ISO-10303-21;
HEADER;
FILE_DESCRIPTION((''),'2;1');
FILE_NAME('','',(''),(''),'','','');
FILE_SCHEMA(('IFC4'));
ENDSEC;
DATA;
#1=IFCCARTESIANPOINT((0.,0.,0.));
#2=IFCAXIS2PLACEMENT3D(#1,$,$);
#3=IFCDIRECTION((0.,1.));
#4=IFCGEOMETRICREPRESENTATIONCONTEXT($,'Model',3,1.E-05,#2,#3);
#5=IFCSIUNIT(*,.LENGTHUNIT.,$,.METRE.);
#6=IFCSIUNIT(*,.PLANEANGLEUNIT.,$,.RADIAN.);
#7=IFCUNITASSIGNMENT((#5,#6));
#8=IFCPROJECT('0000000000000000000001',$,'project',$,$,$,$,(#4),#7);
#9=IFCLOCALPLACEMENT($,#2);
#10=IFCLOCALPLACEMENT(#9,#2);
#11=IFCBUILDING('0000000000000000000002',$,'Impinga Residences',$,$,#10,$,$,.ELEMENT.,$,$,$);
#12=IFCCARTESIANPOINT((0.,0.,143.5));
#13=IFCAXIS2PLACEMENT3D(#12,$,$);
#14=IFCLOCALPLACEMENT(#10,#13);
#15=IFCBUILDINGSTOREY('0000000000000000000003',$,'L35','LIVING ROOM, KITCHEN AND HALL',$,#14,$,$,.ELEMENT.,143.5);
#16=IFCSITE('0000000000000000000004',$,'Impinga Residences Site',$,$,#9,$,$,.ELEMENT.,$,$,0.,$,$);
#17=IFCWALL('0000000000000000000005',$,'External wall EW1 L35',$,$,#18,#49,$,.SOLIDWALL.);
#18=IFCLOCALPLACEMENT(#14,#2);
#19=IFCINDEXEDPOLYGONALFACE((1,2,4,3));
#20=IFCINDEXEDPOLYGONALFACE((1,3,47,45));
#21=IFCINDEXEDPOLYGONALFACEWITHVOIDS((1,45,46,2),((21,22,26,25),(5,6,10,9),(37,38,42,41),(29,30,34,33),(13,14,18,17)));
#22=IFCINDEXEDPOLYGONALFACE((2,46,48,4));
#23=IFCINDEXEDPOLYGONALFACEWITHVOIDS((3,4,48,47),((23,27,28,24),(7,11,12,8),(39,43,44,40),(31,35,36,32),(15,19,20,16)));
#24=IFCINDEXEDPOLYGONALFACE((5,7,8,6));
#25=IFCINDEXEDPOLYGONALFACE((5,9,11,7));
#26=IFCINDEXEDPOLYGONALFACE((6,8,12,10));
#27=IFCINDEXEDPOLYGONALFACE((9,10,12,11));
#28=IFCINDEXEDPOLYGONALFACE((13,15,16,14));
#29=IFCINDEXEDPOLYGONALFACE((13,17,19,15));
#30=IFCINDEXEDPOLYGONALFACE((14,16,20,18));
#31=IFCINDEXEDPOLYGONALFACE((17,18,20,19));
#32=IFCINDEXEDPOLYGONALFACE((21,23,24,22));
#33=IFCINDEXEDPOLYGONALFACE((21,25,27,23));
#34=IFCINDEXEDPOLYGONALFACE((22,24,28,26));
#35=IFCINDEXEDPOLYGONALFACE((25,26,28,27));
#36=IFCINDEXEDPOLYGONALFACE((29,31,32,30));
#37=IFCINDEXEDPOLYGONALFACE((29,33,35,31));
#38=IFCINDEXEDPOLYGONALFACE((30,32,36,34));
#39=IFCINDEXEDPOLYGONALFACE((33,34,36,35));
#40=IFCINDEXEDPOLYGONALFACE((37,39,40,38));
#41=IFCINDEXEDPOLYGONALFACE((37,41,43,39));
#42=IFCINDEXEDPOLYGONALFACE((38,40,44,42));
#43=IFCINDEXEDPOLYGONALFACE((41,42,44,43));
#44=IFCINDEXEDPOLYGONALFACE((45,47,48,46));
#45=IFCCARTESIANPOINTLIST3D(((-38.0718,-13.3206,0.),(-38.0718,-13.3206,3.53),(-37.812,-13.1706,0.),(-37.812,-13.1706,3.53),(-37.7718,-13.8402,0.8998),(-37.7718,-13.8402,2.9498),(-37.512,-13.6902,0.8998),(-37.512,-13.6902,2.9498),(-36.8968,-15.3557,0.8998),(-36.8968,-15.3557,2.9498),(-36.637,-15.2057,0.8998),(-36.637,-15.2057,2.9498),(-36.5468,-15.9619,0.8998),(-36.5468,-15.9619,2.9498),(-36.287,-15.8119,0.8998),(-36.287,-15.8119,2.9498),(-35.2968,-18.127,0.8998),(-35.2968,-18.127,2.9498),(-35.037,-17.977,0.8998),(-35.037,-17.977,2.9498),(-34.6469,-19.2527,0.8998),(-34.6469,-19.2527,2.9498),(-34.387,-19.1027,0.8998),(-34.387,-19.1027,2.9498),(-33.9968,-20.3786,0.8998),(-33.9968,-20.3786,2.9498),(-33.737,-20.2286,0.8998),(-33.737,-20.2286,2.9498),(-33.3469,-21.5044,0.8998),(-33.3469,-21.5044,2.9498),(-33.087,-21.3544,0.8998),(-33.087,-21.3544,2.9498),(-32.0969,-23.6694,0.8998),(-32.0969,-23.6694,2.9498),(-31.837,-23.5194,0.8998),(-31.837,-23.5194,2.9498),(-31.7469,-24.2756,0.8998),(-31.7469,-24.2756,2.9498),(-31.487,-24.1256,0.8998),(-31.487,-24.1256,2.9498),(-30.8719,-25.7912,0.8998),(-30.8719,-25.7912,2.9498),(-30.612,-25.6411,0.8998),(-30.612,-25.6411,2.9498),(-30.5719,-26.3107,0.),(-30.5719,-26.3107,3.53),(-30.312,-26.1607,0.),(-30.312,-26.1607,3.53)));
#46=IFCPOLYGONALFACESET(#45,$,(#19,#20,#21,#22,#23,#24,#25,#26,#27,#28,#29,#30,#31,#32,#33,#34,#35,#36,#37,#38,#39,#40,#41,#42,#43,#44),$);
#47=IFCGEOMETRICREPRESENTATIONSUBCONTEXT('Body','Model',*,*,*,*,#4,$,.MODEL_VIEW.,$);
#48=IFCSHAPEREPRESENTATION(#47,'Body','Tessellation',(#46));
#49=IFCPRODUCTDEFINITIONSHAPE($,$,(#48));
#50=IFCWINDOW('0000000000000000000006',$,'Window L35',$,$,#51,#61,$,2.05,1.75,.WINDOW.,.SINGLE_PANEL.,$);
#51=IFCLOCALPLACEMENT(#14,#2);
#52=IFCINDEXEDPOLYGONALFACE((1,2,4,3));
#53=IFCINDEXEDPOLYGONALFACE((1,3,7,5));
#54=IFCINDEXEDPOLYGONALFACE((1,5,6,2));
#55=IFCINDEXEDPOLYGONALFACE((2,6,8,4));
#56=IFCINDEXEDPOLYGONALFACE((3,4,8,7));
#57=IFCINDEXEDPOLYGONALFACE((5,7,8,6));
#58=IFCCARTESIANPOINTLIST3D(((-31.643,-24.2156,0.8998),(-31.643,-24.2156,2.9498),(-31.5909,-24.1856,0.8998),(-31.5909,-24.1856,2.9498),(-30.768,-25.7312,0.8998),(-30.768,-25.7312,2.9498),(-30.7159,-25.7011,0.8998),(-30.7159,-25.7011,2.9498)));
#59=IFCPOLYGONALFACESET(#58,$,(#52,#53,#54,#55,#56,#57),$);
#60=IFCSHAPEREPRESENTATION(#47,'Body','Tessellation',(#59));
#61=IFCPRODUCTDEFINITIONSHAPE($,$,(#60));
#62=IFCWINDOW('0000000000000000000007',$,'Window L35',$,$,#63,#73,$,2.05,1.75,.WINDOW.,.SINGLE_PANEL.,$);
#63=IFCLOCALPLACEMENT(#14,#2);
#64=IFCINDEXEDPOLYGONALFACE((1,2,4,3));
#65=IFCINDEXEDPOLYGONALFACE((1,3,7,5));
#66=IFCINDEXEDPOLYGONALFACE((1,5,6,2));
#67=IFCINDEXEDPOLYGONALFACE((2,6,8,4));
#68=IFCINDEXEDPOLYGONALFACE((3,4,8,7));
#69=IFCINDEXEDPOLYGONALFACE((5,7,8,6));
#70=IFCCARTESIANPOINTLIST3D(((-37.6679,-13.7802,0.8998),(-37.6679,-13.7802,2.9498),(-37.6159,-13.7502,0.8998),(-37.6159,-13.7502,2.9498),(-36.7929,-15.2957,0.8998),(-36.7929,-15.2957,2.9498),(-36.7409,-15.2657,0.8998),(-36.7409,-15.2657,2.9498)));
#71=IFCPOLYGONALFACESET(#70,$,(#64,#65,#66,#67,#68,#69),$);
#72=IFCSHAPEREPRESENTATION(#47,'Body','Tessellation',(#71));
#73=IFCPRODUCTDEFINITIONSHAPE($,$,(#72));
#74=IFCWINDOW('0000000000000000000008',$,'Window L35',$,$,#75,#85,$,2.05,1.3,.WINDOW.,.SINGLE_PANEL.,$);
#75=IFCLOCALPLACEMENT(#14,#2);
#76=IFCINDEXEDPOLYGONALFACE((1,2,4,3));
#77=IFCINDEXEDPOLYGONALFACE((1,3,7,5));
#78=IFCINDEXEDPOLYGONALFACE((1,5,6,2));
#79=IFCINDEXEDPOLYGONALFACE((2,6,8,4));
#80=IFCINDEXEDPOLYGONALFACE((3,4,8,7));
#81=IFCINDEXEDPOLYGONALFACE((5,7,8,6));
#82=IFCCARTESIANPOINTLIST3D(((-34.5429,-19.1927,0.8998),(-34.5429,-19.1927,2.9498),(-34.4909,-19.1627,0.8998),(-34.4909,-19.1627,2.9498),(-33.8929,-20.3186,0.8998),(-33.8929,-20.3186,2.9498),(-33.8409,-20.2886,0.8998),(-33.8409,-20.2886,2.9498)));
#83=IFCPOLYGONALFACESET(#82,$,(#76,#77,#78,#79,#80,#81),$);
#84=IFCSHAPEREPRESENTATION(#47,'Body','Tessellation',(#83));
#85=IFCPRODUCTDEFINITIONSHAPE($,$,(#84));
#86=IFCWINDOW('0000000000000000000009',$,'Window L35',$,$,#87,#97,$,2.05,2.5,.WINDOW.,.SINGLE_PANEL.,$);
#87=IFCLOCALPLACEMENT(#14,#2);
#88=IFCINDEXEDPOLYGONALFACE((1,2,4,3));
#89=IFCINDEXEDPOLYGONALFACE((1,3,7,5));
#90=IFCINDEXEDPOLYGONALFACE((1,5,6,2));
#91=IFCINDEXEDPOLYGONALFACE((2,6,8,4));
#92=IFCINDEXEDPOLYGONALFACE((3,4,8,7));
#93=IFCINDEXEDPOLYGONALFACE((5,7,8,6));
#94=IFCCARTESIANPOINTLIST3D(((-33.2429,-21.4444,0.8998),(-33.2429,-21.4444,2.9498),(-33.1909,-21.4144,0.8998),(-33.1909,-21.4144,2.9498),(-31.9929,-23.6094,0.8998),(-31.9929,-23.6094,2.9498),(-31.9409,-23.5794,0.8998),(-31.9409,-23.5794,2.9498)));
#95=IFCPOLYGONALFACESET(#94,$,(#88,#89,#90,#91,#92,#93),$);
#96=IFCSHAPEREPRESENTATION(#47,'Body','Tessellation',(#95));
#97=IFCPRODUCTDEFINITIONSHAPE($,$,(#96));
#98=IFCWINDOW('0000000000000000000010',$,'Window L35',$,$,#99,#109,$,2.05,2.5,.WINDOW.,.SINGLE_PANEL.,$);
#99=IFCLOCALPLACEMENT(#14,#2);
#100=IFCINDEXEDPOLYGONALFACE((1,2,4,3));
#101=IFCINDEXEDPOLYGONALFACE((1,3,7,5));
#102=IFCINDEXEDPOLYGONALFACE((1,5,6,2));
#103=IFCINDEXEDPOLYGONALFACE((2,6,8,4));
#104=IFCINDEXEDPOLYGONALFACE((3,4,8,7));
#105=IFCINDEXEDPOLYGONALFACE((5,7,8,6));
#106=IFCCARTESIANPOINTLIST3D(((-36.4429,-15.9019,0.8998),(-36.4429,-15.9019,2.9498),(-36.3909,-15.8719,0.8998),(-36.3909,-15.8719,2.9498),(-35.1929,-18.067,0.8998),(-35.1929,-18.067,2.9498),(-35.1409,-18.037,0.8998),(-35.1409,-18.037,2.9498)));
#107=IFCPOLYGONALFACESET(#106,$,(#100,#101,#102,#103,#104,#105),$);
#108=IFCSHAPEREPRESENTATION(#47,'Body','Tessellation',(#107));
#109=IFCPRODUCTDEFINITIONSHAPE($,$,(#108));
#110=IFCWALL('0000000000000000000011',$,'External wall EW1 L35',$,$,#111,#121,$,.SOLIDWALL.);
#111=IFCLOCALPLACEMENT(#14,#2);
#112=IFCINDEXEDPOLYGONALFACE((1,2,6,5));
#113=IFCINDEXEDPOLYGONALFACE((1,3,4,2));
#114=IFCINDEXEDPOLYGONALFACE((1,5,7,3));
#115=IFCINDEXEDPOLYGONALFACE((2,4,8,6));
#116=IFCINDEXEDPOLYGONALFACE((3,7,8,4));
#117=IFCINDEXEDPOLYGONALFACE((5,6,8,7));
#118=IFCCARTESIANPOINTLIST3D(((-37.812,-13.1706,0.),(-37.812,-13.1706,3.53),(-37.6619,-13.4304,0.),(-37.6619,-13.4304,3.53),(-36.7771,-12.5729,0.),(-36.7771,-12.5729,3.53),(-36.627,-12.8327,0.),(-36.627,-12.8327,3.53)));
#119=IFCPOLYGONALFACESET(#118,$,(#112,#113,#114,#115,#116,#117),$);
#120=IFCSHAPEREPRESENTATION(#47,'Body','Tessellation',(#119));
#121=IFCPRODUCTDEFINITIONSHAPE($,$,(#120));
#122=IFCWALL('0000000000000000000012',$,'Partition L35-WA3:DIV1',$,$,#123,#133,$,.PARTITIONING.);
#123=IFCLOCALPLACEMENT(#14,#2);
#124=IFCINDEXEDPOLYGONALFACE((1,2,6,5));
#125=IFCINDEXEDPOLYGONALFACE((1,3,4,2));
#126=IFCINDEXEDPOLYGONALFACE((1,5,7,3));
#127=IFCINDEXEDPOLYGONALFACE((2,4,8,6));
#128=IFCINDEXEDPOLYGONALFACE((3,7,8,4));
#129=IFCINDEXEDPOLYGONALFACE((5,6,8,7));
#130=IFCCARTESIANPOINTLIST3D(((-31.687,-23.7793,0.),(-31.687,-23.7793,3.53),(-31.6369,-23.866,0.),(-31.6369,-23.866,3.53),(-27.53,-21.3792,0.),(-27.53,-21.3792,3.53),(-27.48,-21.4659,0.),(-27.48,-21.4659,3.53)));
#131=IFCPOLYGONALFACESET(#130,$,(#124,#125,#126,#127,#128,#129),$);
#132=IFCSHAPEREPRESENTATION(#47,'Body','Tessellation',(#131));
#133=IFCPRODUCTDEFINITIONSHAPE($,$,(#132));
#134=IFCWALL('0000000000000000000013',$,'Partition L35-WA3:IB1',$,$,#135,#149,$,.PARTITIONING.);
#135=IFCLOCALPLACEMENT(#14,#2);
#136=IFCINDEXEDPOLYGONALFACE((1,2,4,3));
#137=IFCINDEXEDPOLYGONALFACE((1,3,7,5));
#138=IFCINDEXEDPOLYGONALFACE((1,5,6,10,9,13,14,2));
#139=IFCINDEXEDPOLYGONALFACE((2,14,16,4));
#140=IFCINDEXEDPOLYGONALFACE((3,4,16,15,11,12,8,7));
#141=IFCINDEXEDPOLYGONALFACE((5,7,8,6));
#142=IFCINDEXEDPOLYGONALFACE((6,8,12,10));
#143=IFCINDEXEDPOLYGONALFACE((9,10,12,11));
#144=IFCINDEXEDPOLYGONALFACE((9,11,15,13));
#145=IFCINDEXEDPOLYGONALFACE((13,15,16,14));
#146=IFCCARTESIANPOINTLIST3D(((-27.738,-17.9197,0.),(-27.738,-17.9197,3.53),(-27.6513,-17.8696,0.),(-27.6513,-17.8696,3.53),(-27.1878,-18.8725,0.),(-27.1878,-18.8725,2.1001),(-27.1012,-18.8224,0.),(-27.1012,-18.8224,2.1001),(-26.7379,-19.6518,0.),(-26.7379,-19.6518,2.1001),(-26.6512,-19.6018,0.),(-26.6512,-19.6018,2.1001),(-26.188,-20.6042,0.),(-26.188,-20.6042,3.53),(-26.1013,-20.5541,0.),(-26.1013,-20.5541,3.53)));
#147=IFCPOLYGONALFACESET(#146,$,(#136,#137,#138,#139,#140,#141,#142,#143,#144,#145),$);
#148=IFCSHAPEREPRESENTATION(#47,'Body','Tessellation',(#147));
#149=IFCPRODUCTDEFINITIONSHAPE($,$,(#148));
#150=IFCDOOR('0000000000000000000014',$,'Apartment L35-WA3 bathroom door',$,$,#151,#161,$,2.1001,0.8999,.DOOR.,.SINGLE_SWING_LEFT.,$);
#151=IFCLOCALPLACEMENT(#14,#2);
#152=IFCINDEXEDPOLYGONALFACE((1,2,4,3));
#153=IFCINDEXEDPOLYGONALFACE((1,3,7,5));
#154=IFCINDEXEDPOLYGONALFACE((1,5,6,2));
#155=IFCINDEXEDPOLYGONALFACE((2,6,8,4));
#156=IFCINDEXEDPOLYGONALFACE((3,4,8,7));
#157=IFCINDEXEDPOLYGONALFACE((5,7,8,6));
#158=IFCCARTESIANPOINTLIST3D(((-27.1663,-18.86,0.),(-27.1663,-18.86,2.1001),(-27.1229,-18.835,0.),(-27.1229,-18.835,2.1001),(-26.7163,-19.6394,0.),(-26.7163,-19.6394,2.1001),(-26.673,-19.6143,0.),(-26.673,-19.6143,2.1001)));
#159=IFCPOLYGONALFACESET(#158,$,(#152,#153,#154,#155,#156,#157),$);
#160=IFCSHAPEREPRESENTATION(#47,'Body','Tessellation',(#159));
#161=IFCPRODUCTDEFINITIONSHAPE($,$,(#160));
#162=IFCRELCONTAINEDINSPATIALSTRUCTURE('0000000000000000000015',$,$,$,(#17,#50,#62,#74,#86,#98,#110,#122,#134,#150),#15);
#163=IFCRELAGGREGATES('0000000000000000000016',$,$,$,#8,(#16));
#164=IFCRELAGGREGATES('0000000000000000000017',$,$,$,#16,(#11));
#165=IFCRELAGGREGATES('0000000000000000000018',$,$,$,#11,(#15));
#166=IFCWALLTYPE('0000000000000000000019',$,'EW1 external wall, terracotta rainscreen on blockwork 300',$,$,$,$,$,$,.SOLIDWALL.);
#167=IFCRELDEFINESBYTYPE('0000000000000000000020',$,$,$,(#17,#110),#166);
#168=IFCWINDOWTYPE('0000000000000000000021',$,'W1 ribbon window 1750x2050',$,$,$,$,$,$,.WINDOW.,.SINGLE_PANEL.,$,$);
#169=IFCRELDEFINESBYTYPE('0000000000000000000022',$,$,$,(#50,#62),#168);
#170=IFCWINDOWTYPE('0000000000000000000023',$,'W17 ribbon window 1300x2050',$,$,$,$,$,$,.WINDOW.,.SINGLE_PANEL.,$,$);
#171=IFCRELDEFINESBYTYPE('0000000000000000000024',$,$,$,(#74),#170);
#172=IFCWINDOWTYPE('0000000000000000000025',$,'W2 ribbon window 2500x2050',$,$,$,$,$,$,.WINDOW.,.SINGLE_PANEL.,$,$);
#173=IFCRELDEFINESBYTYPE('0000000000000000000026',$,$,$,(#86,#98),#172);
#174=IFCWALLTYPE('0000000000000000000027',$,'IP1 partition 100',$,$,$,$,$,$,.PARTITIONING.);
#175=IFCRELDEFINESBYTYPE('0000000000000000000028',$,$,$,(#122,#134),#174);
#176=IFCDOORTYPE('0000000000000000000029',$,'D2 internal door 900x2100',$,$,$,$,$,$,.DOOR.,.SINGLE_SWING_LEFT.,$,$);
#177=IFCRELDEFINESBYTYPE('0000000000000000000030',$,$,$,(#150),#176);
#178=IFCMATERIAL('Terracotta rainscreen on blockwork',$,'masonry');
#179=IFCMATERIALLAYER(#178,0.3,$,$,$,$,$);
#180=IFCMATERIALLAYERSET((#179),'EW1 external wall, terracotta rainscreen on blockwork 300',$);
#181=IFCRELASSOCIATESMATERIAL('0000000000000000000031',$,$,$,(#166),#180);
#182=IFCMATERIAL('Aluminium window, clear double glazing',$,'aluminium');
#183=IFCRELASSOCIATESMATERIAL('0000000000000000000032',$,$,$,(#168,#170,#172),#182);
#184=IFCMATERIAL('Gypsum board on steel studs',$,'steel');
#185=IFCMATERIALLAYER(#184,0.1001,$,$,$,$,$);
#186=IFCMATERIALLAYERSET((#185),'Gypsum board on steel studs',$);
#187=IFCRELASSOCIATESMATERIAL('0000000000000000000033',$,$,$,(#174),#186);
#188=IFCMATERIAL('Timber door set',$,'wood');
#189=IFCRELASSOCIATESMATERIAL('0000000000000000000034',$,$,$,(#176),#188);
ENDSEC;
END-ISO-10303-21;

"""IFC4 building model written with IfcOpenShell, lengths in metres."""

from ifc_helpers import new_model, si_unit, direction, frame, frame_2d, origin, place, context, subcontext, project, spatial, rectangle, extrude, material, layer, layer_set, type_object, element, fill, save


model = new_model("IFC4")

# Units and contexts
model_context = context("Model", 3, precision=1e-05, world=origin(), true_north=direction((0.0, 1.0)))
body_context = subcontext(model_context, "Body", "Model", "MODEL_VIEW")
ifc_project = project(units=[si_unit("LENGTHUNIT", "METRE"), si_unit("PLANEANGLEUNIT", "RADIAN")], contexts=[model_context])

# Site, building, storey
site_placement = place(None, origin())
site = spatial("IfcSite", under=ifc_project, at=site_placement, Name="Impinga Residences Site", CompositionType="ELEMENT", RefElevation=0.0)
building_placement = place(site_placement, origin())
building = spatial("IfcBuilding", under=site, at=building_placement, Name="Impinga Residences", CompositionType="ELEMENT")
storey_placement = place(building_placement, frame((0.0, 0.0, 143.5)))
storey = spatial("IfcBuildingStorey", under=building, at=storey_placement, Name="L35", Description="LIVING ROOM, KITCHEN AND HALL", CompositionType="ELEMENT", Elevation=143.5)

# Shared definitions
ifc_material_1 = material(Name="Terracotta rainscreen on blockwork", Category="masonry")
ifc_layer_1 = layer(ifc_material_1, 0.3)
ifc_layer_set_1 = layer_set([ifc_layer_1], Name="EW1 external wall, terracotta rainscreen on blockwork 300")
wall_type_1 = type_object("IfcWallType", Name="EW1 external wall, terracotta rainscreen on blockwork 300", PredefinedType="SOLIDWALL", material=ifc_layer_set_1)

# Wall, openings, windows
wall_1_placement = place(storey_placement, frame((-30.4419, -26.2358, 0.0), z_axis=(0.0, 0.0, 1.0), x_axis=(-0.500004, 0.866023, 0.0)))
wall_1 = element("IfcWall", 1, at=wall_1_placement, inside=storey, type_object=wall_type_1, Name="External wall EW1 L35", PredefinedType="SOLIDWALL", context=body_context, shape_type="SweptSolid", body=[
    extrude(rectangle(XDim=14.9998, YDim=0.3, at=frame_2d((7.5, 0.0))), origin(), (0.0, 0.0, 1.0), 3.53),
])
opening_1_placement = place(wall_1_placement, frame((0.6001, 0.0, 0.8999)))
opening_1 = element("IfcOpeningElement", 2, at=opening_1_placement, cuts=wall_1, PredefinedType="OPENING", context=body_context, shape_type="SweptSolid", body=[
    extrude(rectangle(XDim=1.75, YDim=2.05, at=frame_2d((0.875, 1.0249))), frame((0.0, 0.1599, 0.0), z_axis=(0.0, -1.0, 0.0), x_axis=(1.0, 0.0, 0.0)), (0.0, 0.0, 1.0), 0.3201),
])
opening_2_placement = place(wall_1_placement, frame((3.05, 0.0, 0.8999)))
opening_2 = element("IfcOpeningElement", 3, at=opening_2_placement, cuts=wall_1, PredefinedType="OPENING", context=body_context, shape_type="SweptSolid", body=[
    extrude(rectangle(XDim=2.5, YDim=2.05, at=frame_2d((1.25, 1.0249))), frame((0.0, 0.1599, 0.0), z_axis=(0.0, -1.0, 0.0), x_axis=(1.0, 0.0, 0.0)), (0.0, 0.0, 1.0), 0.3201),
])
opening_3_placement = place(wall_1_placement, frame((6.8501, 0.0, 0.8999)))
opening_3 = element("IfcOpeningElement", 4, at=opening_3_placement, cuts=wall_1, PredefinedType="OPENING", context=body_context, shape_type="SweptSolid", body=[
    extrude(rectangle(XDim=1.3, YDim=2.05, at=frame_2d((0.6499, 1.0249))), frame((0.0, 0.1599, 0.0), z_axis=(0.0, -1.0, 0.0), x_axis=(1.0, 0.0, 0.0)), (0.0, 0.0, 1.0), 0.3201),
])
opening_4_placement = place(wall_1_placement, frame((9.45, 0.0, 0.8999)))
opening_4 = element("IfcOpeningElement", 5, at=opening_4_placement, cuts=wall_1, PredefinedType="OPENING", context=body_context, shape_type="SweptSolid", body=[
    extrude(rectangle(XDim=2.5, YDim=2.05, at=frame_2d((1.25, 1.0249))), frame((0.0, 0.1599, 0.0), z_axis=(0.0, -1.0, 0.0), x_axis=(1.0, 0.0, 0.0)), (0.0, 0.0, 1.0), 0.3201),
])
opening_5_placement = place(wall_1_placement, frame((12.6499, 0.0, 0.8999)))
opening_5 = element("IfcOpeningElement", 6, at=opening_5_placement, cuts=wall_1, PredefinedType="OPENING", context=body_context, shape_type="SweptSolid", body=[
    extrude(rectangle(XDim=1.75, YDim=2.05, at=frame_2d((0.875, 1.0249))), frame((0.0, 0.1599, 0.0), z_axis=(0.0, -1.0, 0.0), x_axis=(1.0, 0.0, 0.0)), (0.0, 0.0, 1.0), 0.3201),
])
ifc_material_2 = material(Name="Aluminium window, clear double glazing", Category="aluminium")
window_type_1 = type_object("IfcWindowType", Name="W1 ribbon window 1750x2050", PartitioningType="SINGLE_PANEL", PredefinedType="WINDOW", material=ifc_material_2)
window_1_placement = place(opening_1_placement, origin())
window_1 = element("IfcWindow", 7, at=window_1_placement, inside=storey, type_object=window_type_1, Name="Window L35", OverallHeight=2.05, OverallWidth=1.75, PartitioningType="SINGLE_PANEL", PredefinedType="WINDOW", context=body_context, shape_type="SweptSolid", body=[
    extrude(rectangle(XDim=1.75, YDim=2.05, at=frame_2d((0.875, 1.0249))), frame((0.0, 0.03, 0.0), z_axis=(0.0, -1.0, 0.0), x_axis=(1.0, 0.0, 0.0)), (0.0, 0.0, 1.0), 0.0601),
])
fill(opening_1, window_1)
window_2_placement = place(opening_5_placement, origin())
window_2 = element("IfcWindow", 8, at=window_2_placement, inside=storey, type_object=window_type_1, Name="Window L35", OverallHeight=2.05, OverallWidth=1.75, PartitioningType="SINGLE_PANEL", PredefinedType="WINDOW", context=body_context, shape_type="SweptSolid", body=[
    extrude(rectangle(XDim=1.75, YDim=2.05, at=frame_2d((0.875, 1.0249))), frame((0.0, 0.03, 0.0), z_axis=(0.0, -1.0, 0.0), x_axis=(1.0, 0.0, 0.0)), (0.0, 0.0, 1.0), 0.0601),
])
fill(opening_5, window_2)
window_type_2 = type_object("IfcWindowType", Name="W17 ribbon window 1300x2050", PartitioningType="SINGLE_PANEL", PredefinedType="WINDOW", material=ifc_material_2)
window_3_placement = place(opening_3_placement, origin())
window_3 = element("IfcWindow", 9, at=window_3_placement, inside=storey, type_object=window_type_2, Name="Window L35", OverallHeight=2.05, OverallWidth=1.3, PartitioningType="SINGLE_PANEL", PredefinedType="WINDOW", context=body_context, shape_type="SweptSolid", body=[
    extrude(rectangle(XDim=1.3, YDim=2.05, at=frame_2d((0.6499, 1.0249))), frame((0.0, 0.03, 0.0), z_axis=(0.0, -1.0, 0.0), x_axis=(1.0, 0.0, 0.0)), (0.0, 0.0, 1.0), 0.0601),
])
fill(opening_3, window_3)
window_type_3 = type_object("IfcWindowType", Name="W2 ribbon window 2500x2050", PartitioningType="SINGLE_PANEL", PredefinedType="WINDOW", material=ifc_material_2)
window_4_placement = place(opening_2_placement, origin())
window_4 = element("IfcWindow", 10, at=window_4_placement, inside=storey, type_object=window_type_3, Name="Window L35", OverallHeight=2.05, OverallWidth=2.5, PartitioningType="SINGLE_PANEL", PredefinedType="WINDOW", context=body_context, shape_type="SweptSolid", body=[
    extrude(rectangle(XDim=2.5, YDim=2.05, at=frame_2d((1.25, 1.0249))), frame((0.0, 0.03, 0.0), z_axis=(0.0, -1.0, 0.0), x_axis=(1.0, 0.0, 0.0)), (0.0, 0.0, 1.0), 0.0601),
])
fill(opening_2, window_4)
window_5_placement = place(opening_4_placement, origin())
window_5 = element("IfcWindow", 11, at=window_5_placement, inside=storey, type_object=window_type_3, Name="Window L35", OverallHeight=2.05, OverallWidth=2.5, PartitioningType="SINGLE_PANEL", PredefinedType="WINDOW", context=body_context, shape_type="SweptSolid", body=[
    extrude(rectangle(XDim=2.5, YDim=2.05, at=frame_2d((1.25, 1.0249))), frame((0.0, 0.03, 0.0), z_axis=(0.0, -1.0, 0.0), x_axis=(1.0, 0.0, 0.0)), (0.0, 0.0, 1.0), 0.0601),
])
fill(opening_4, window_5)

# Walls
wall_2_placement = place(storey_placement, frame((-37.7371, -13.3005, 0.0), z_axis=(0.0, 0.0, 1.0), x_axis=(0.865971, 0.500094, 0.0)))
element("IfcWall", 12, at=wall_2_placement, inside=storey, type_object=wall_type_1, Name="External wall EW1 L35", PredefinedType="SOLIDWALL", context=body_context, shape_type="SweptSolid", body=[
    extrude(rectangle(XDim=1.1951, YDim=0.3, at=frame_2d((0.5977, 0.0))), origin(), (0.0, 0.0, 1.0), 3.53),
])
ifc_material_3 = material(Name="Gypsum board on steel studs", Category="steel")
ifc_layer_2 = layer(ifc_material_3, 0.1001)
ifc_layer_set_2 = layer_set([ifc_layer_2], Name="Gypsum board on steel studs")
wall_type_2 = type_object("IfcWallType", Name="IP1 partition 100", PredefinedType="PARTITIONING", material=ifc_layer_set_2)
wall_3_placement = place(storey_placement, frame((-27.5051, -21.4226, 0.0), z_axis=(0.0, 0.0, 1.0), x_axis=(-0.866015, -0.500017, 0.0)))
element("IfcWall", 13, at=wall_3_placement, inside=storey, type_object=wall_type_2, Name="Partition L35-WA3:DIV1", PredefinedType="PARTITIONING", context=body_context, shape_type="SweptSolid", body=[
    extrude(rectangle(XDim=4.8, YDim=0.1001, at=frame_2d((2.3999, 0.0))), origin(), (0.0, 0.0, 1.0), 3.53),
])

# Wall, opening, door
wall_4_placement = place(storey_placement, frame((-27.6946, -17.8948, 0.0), z_axis=(0.0, 0.0, 1.0), x_axis=(0.500027, -0.86601, 0.0)))
wall_4 = element("IfcWall", 14, at=wall_4_placement, inside=storey, type_object=wall_type_2, Name="Partition L35-WA3:IB1", PredefinedType="PARTITIONING", context=body_context, shape_type="SweptSolid", body=[
    extrude(rectangle(XDim=3.0999, YDim=0.1001, at=frame_2d((1.5498, 0.0))), origin(), (0.0, 0.0, 1.0), 3.53),
])
opening_6_placement = place(wall_4_placement, frame((1.1001, 0.0, 0.0)))
opening_6 = element("IfcOpeningElement", 15, at=opening_6_placement, cuts=wall_4, PredefinedType="OPENING", context=body_context, shape_type="SweptSolid", body=[
    extrude(rectangle(XDim=0.8999, YDim=2.1001, at=frame_2d((0.45, 1.05))), frame((0.0, 0.0601, 0.0), z_axis=(0.0, -1.0, 0.0), x_axis=(1.0, 0.0, 0.0)), (0.0, 0.0, 1.0), 0.1201),
])
ifc_material_4 = material(Name="Timber door set", Category="wood")
door_type = type_object("IfcDoorType", Name="D2 internal door 900x2100", OperationType="SINGLE_SWING_LEFT", PredefinedType="DOOR", material=ifc_material_4)
door_placement = place(opening_6_placement, origin())
door = element("IfcDoor", 16, at=door_placement, inside=storey, type_object=door_type, Name="Apartment L35-WA3 bathroom door", OperationType="SINGLE_SWING_LEFT", OverallHeight=2.1001, OverallWidth=0.8999, PredefinedType="DOOR", context=body_context, shape_type="SweptSolid", body=[
    extrude(rectangle(XDim=0.8999, YDim=2.1001, at=frame_2d((0.45, 1.05))), frame((0.0, 0.0249, 0.0), z_axis=(0.0, -1.0, 0.0), x_axis=(1.0, 0.0, 0.0)), (0.0, 0.0, 1.0), 0.05),
])
fill(opening_6, door)

save(model, "model.ifc")
